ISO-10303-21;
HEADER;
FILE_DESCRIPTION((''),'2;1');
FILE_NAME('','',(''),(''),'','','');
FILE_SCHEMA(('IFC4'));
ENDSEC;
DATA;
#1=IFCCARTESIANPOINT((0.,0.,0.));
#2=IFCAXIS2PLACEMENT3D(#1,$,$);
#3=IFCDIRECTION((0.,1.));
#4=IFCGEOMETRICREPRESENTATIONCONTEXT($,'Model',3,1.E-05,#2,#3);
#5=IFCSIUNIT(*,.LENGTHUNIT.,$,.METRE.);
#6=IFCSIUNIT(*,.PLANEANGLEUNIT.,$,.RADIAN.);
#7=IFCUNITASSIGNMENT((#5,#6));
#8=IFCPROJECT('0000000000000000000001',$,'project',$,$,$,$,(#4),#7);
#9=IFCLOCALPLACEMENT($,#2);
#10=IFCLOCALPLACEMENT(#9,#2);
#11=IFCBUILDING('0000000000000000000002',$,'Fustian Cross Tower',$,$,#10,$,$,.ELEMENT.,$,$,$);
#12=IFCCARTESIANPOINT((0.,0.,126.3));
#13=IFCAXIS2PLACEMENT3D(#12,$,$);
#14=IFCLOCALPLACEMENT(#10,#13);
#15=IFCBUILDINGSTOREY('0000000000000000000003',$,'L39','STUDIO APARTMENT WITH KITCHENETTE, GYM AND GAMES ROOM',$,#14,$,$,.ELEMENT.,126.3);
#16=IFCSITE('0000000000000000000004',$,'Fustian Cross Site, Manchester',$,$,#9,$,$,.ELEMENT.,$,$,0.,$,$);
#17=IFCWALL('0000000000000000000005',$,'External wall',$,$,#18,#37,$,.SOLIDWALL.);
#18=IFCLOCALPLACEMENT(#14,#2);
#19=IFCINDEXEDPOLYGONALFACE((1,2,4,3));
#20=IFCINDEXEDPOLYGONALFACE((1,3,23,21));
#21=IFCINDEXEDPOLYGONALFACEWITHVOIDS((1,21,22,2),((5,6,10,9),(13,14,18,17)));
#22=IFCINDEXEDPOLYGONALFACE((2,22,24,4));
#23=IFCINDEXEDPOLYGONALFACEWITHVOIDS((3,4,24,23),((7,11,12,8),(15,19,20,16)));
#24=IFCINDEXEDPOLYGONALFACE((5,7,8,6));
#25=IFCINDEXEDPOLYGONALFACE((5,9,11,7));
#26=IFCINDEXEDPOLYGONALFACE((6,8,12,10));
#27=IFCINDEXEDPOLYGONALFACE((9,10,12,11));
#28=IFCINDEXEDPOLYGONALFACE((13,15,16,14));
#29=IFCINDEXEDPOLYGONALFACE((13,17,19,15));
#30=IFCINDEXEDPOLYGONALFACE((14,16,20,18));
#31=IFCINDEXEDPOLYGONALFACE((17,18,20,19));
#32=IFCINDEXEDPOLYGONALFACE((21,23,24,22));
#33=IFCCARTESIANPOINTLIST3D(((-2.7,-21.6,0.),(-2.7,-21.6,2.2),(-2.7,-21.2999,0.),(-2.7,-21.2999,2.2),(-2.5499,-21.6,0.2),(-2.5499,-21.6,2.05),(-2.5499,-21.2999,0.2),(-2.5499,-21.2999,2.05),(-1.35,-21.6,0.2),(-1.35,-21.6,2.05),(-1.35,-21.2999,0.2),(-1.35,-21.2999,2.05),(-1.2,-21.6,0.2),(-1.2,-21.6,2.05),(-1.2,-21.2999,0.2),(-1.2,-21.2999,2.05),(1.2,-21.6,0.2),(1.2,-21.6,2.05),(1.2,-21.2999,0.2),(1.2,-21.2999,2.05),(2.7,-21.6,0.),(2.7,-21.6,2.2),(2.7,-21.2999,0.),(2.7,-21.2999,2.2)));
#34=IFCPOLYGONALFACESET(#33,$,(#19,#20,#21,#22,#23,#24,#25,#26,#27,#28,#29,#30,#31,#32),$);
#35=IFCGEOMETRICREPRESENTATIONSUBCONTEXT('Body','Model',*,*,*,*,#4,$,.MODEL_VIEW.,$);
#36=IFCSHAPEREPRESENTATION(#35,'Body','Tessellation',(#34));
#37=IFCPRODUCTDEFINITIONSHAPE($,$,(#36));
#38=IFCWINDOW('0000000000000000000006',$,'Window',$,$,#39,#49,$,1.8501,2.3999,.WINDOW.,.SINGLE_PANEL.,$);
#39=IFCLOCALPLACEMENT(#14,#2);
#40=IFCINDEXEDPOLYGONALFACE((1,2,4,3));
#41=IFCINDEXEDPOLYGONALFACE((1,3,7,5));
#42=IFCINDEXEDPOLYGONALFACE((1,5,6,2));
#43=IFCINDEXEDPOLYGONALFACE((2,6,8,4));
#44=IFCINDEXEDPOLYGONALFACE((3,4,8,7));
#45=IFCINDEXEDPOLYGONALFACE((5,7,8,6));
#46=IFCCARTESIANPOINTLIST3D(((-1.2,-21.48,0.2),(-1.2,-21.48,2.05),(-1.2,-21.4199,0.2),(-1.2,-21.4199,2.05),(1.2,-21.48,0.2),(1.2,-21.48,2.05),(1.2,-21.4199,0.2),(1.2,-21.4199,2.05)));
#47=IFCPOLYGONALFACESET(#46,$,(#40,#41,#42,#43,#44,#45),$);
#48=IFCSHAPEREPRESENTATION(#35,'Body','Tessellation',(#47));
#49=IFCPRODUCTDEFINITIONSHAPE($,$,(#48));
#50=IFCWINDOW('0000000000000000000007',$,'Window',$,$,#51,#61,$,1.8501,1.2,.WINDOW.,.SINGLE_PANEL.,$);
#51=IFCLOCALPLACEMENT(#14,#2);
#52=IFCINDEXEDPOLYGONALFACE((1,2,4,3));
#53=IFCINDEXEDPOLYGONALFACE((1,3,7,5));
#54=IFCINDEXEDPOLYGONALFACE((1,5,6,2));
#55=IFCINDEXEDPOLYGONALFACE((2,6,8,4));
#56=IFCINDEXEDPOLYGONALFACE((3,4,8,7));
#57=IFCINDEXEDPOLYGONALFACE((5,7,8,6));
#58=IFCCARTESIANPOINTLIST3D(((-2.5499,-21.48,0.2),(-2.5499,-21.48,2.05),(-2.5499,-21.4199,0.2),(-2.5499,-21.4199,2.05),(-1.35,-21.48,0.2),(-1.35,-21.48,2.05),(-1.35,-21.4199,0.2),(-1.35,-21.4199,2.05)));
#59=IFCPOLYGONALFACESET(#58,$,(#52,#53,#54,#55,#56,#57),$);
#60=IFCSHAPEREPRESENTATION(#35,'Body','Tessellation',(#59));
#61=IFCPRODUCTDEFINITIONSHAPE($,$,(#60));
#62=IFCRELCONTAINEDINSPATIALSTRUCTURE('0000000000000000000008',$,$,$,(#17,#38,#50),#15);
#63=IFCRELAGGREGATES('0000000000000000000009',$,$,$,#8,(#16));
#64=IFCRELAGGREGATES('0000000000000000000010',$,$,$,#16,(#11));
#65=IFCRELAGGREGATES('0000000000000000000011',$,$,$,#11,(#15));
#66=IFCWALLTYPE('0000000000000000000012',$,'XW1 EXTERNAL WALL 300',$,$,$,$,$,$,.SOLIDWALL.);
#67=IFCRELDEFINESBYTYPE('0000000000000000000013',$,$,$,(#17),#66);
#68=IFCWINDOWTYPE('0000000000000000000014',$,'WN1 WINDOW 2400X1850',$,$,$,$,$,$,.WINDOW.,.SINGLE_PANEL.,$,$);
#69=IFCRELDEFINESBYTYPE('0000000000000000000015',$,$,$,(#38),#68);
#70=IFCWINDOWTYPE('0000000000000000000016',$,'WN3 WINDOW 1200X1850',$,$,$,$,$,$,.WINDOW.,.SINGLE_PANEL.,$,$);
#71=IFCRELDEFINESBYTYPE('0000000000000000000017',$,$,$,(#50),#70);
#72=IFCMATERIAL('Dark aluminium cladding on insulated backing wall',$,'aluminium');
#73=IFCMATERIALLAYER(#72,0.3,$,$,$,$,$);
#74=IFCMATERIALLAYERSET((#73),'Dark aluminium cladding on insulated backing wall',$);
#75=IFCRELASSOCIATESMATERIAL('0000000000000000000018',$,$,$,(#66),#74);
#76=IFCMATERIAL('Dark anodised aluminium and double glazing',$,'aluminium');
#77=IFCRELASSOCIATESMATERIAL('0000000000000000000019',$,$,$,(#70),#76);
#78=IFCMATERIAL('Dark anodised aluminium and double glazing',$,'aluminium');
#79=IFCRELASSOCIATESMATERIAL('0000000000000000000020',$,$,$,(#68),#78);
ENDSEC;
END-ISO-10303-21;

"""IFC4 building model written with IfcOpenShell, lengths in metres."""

from ifc_helpers import new_model, si_unit, direction, frame, frame_2d, origin, place, context, subcontext, project, spatial, rectangle, extrude, material, layer, layer_set, type_object, element, fill, save


model = new_model("IFC4")

# Units and contexts
model_context = context("Model", 3, precision=1e-05, world=origin(), true_north=direction((0.0, 1.0)))
body_context = subcontext(model_context, "Body", "Model", "MODEL_VIEW")
ifc_project = project(units=[si_unit("LENGTHUNIT", "METRE"), si_unit("PLANEANGLEUNIT", "RADIAN")], contexts=[model_context])

# Site, building, storey
site_placement = place(None, origin())
site = spatial("IfcSite", under=ifc_project, at=site_placement, Name="Fustian Cross Site, Manchester", CompositionType="ELEMENT", RefElevation=0.0)
building_placement = place(site_placement, origin())
building = spatial("IfcBuilding", under=site, at=building_placement, Name="Fustian Cross Tower", CompositionType="ELEMENT")
storey_placement = place(building_placement, frame((0.0, 0.0, 126.3)))
storey = spatial("IfcBuildingStorey", under=building, at=storey_placement, Name="L39", Description="STUDIO APARTMENT WITH KITCHENETTE, GYM AND GAMES ROOM", CompositionType="ELEMENT", Elevation=126.3)

# Shared definitions
ifc_material_1 = material(Name="Dark aluminium cladding on insulated backing wall", Category="aluminium")
ifc_layer_1 = layer(ifc_material_1, 0.3)
ifc_layer_set_1 = layer_set([ifc_layer_1], Name="Dark aluminium cladding on insulated backing wall")
wall_type_1 = type_object("IfcWallType", Name="XW1 EXTERNAL WALL 300", PredefinedType="SOLIDWALL", material=ifc_layer_set_1)
ifc_material_2 = material(Name="Dark anodised aluminium and double glazing", Category="aluminium")
window_type_1 = type_object("IfcWindowType", Name="WN3 WINDOW 1200X1850", PartitioningType="SINGLE_PANEL", PredefinedType="WINDOW", material=ifc_material_2)

# Wall, openings, windows
wall_1_placement = place(storey_placement, frame((-2.7, -21.45, 0.0), z_axis=(0.0, 0.0, 1.0), x_axis=(1.0, 0.0, 0.0)))
wall_1 = element("IfcWall", 1, at=wall_1_placement, inside=storey, type_object=wall_type_1, Name="External wall", PredefinedType="SOLIDWALL", context=body_context, shape_type="SweptSolid", body=[
    extrude(rectangle(XDim=5.3999, YDim=0.3, at=frame_2d((2.7, 0.0))), origin(), (0.0, 0.0, 1.0), 2.2),
])
opening_1_placement = place(wall_1_placement, frame((1.5, 0.0, 0.2)))
opening_1 = element("IfcOpeningElement", 2, at=opening_1_placement, cuts=wall_1, PredefinedType="OPENING", context=body_context, shape_type="SweptSolid", body=[
    extrude(rectangle(XDim=2.3999, YDim=1.8501, at=frame_2d((1.2, 0.925))), frame((0.0, 0.1599, 0.0), z_axis=(0.0, -1.0, 0.0), x_axis=(1.0, 0.0, 0.0)), (0.0, 0.0, 1.0), 0.3201),
])
opening_2_placement = place(wall_1_placement, frame((0.1499, 0.0, 0.2)))
opening_2 = element("IfcOpeningElement", 3, at=opening_2_placement, cuts=wall_1, PredefinedType="OPENING", context=body_context, shape_type="SweptSolid", body=[
    extrude(rectangle(XDim=1.2, YDim=1.8501, at=frame_2d((0.6001, 0.925))), frame((0.0, 0.1599, 0.0), z_axis=(0.0, -1.0, 0.0), x_axis=(1.0, 0.0, 0.0)), (0.0, 0.0, 1.0), 0.3201),
])
ifc_material_3 = material(Name="Dark anodised aluminium and double glazing", Category="aluminium")
window_type_2 = type_object("IfcWindowType", Name="WN1 WINDOW 2400X1850", PartitioningType="SINGLE_PANEL", PredefinedType="WINDOW", material=ifc_material_3)
window_1_placement = place(opening_1_placement, origin())
window_1 = element("IfcWindow", 4, at=window_1_placement, inside=storey, type_object=window_type_2, Name="Window", OverallHeight=1.8501, OverallWidth=2.3999, PartitioningType="SINGLE_PANEL", PredefinedType="WINDOW", context=body_context, shape_type="SweptSolid", body=[
    extrude(rectangle(XDim=2.3999, YDim=1.8501, at=frame_2d((1.2, 0.925))), frame((0.0, 0.03, 0.0), z_axis=(0.0, -1.0, 0.0), x_axis=(1.0, 0.0, 0.0)), (0.0, 0.0, 1.0), 0.0601),
])
fill(opening_1, window_1)
window_2_placement = place(opening_2_placement, origin())
window_2 = element("IfcWindow", 5, at=window_2_placement, inside=storey, type_object=window_type_1, Name="Window", OverallHeight=1.8501, OverallWidth=1.2, PartitioningType="SINGLE_PANEL", PredefinedType="WINDOW", context=body_context, shape_type="SweptSolid", body=[
    extrude(rectangle(XDim=1.2, YDim=1.8501, at=frame_2d((0.6001, 0.925))), frame((0.0, 0.03, 0.0), z_axis=(0.0, -1.0, 0.0), x_axis=(1.0, 0.0, 0.0)), (0.0, 0.0, 1.0), 0.0601),
])
fill(opening_2, window_2)

save(model, "model.ifc")
